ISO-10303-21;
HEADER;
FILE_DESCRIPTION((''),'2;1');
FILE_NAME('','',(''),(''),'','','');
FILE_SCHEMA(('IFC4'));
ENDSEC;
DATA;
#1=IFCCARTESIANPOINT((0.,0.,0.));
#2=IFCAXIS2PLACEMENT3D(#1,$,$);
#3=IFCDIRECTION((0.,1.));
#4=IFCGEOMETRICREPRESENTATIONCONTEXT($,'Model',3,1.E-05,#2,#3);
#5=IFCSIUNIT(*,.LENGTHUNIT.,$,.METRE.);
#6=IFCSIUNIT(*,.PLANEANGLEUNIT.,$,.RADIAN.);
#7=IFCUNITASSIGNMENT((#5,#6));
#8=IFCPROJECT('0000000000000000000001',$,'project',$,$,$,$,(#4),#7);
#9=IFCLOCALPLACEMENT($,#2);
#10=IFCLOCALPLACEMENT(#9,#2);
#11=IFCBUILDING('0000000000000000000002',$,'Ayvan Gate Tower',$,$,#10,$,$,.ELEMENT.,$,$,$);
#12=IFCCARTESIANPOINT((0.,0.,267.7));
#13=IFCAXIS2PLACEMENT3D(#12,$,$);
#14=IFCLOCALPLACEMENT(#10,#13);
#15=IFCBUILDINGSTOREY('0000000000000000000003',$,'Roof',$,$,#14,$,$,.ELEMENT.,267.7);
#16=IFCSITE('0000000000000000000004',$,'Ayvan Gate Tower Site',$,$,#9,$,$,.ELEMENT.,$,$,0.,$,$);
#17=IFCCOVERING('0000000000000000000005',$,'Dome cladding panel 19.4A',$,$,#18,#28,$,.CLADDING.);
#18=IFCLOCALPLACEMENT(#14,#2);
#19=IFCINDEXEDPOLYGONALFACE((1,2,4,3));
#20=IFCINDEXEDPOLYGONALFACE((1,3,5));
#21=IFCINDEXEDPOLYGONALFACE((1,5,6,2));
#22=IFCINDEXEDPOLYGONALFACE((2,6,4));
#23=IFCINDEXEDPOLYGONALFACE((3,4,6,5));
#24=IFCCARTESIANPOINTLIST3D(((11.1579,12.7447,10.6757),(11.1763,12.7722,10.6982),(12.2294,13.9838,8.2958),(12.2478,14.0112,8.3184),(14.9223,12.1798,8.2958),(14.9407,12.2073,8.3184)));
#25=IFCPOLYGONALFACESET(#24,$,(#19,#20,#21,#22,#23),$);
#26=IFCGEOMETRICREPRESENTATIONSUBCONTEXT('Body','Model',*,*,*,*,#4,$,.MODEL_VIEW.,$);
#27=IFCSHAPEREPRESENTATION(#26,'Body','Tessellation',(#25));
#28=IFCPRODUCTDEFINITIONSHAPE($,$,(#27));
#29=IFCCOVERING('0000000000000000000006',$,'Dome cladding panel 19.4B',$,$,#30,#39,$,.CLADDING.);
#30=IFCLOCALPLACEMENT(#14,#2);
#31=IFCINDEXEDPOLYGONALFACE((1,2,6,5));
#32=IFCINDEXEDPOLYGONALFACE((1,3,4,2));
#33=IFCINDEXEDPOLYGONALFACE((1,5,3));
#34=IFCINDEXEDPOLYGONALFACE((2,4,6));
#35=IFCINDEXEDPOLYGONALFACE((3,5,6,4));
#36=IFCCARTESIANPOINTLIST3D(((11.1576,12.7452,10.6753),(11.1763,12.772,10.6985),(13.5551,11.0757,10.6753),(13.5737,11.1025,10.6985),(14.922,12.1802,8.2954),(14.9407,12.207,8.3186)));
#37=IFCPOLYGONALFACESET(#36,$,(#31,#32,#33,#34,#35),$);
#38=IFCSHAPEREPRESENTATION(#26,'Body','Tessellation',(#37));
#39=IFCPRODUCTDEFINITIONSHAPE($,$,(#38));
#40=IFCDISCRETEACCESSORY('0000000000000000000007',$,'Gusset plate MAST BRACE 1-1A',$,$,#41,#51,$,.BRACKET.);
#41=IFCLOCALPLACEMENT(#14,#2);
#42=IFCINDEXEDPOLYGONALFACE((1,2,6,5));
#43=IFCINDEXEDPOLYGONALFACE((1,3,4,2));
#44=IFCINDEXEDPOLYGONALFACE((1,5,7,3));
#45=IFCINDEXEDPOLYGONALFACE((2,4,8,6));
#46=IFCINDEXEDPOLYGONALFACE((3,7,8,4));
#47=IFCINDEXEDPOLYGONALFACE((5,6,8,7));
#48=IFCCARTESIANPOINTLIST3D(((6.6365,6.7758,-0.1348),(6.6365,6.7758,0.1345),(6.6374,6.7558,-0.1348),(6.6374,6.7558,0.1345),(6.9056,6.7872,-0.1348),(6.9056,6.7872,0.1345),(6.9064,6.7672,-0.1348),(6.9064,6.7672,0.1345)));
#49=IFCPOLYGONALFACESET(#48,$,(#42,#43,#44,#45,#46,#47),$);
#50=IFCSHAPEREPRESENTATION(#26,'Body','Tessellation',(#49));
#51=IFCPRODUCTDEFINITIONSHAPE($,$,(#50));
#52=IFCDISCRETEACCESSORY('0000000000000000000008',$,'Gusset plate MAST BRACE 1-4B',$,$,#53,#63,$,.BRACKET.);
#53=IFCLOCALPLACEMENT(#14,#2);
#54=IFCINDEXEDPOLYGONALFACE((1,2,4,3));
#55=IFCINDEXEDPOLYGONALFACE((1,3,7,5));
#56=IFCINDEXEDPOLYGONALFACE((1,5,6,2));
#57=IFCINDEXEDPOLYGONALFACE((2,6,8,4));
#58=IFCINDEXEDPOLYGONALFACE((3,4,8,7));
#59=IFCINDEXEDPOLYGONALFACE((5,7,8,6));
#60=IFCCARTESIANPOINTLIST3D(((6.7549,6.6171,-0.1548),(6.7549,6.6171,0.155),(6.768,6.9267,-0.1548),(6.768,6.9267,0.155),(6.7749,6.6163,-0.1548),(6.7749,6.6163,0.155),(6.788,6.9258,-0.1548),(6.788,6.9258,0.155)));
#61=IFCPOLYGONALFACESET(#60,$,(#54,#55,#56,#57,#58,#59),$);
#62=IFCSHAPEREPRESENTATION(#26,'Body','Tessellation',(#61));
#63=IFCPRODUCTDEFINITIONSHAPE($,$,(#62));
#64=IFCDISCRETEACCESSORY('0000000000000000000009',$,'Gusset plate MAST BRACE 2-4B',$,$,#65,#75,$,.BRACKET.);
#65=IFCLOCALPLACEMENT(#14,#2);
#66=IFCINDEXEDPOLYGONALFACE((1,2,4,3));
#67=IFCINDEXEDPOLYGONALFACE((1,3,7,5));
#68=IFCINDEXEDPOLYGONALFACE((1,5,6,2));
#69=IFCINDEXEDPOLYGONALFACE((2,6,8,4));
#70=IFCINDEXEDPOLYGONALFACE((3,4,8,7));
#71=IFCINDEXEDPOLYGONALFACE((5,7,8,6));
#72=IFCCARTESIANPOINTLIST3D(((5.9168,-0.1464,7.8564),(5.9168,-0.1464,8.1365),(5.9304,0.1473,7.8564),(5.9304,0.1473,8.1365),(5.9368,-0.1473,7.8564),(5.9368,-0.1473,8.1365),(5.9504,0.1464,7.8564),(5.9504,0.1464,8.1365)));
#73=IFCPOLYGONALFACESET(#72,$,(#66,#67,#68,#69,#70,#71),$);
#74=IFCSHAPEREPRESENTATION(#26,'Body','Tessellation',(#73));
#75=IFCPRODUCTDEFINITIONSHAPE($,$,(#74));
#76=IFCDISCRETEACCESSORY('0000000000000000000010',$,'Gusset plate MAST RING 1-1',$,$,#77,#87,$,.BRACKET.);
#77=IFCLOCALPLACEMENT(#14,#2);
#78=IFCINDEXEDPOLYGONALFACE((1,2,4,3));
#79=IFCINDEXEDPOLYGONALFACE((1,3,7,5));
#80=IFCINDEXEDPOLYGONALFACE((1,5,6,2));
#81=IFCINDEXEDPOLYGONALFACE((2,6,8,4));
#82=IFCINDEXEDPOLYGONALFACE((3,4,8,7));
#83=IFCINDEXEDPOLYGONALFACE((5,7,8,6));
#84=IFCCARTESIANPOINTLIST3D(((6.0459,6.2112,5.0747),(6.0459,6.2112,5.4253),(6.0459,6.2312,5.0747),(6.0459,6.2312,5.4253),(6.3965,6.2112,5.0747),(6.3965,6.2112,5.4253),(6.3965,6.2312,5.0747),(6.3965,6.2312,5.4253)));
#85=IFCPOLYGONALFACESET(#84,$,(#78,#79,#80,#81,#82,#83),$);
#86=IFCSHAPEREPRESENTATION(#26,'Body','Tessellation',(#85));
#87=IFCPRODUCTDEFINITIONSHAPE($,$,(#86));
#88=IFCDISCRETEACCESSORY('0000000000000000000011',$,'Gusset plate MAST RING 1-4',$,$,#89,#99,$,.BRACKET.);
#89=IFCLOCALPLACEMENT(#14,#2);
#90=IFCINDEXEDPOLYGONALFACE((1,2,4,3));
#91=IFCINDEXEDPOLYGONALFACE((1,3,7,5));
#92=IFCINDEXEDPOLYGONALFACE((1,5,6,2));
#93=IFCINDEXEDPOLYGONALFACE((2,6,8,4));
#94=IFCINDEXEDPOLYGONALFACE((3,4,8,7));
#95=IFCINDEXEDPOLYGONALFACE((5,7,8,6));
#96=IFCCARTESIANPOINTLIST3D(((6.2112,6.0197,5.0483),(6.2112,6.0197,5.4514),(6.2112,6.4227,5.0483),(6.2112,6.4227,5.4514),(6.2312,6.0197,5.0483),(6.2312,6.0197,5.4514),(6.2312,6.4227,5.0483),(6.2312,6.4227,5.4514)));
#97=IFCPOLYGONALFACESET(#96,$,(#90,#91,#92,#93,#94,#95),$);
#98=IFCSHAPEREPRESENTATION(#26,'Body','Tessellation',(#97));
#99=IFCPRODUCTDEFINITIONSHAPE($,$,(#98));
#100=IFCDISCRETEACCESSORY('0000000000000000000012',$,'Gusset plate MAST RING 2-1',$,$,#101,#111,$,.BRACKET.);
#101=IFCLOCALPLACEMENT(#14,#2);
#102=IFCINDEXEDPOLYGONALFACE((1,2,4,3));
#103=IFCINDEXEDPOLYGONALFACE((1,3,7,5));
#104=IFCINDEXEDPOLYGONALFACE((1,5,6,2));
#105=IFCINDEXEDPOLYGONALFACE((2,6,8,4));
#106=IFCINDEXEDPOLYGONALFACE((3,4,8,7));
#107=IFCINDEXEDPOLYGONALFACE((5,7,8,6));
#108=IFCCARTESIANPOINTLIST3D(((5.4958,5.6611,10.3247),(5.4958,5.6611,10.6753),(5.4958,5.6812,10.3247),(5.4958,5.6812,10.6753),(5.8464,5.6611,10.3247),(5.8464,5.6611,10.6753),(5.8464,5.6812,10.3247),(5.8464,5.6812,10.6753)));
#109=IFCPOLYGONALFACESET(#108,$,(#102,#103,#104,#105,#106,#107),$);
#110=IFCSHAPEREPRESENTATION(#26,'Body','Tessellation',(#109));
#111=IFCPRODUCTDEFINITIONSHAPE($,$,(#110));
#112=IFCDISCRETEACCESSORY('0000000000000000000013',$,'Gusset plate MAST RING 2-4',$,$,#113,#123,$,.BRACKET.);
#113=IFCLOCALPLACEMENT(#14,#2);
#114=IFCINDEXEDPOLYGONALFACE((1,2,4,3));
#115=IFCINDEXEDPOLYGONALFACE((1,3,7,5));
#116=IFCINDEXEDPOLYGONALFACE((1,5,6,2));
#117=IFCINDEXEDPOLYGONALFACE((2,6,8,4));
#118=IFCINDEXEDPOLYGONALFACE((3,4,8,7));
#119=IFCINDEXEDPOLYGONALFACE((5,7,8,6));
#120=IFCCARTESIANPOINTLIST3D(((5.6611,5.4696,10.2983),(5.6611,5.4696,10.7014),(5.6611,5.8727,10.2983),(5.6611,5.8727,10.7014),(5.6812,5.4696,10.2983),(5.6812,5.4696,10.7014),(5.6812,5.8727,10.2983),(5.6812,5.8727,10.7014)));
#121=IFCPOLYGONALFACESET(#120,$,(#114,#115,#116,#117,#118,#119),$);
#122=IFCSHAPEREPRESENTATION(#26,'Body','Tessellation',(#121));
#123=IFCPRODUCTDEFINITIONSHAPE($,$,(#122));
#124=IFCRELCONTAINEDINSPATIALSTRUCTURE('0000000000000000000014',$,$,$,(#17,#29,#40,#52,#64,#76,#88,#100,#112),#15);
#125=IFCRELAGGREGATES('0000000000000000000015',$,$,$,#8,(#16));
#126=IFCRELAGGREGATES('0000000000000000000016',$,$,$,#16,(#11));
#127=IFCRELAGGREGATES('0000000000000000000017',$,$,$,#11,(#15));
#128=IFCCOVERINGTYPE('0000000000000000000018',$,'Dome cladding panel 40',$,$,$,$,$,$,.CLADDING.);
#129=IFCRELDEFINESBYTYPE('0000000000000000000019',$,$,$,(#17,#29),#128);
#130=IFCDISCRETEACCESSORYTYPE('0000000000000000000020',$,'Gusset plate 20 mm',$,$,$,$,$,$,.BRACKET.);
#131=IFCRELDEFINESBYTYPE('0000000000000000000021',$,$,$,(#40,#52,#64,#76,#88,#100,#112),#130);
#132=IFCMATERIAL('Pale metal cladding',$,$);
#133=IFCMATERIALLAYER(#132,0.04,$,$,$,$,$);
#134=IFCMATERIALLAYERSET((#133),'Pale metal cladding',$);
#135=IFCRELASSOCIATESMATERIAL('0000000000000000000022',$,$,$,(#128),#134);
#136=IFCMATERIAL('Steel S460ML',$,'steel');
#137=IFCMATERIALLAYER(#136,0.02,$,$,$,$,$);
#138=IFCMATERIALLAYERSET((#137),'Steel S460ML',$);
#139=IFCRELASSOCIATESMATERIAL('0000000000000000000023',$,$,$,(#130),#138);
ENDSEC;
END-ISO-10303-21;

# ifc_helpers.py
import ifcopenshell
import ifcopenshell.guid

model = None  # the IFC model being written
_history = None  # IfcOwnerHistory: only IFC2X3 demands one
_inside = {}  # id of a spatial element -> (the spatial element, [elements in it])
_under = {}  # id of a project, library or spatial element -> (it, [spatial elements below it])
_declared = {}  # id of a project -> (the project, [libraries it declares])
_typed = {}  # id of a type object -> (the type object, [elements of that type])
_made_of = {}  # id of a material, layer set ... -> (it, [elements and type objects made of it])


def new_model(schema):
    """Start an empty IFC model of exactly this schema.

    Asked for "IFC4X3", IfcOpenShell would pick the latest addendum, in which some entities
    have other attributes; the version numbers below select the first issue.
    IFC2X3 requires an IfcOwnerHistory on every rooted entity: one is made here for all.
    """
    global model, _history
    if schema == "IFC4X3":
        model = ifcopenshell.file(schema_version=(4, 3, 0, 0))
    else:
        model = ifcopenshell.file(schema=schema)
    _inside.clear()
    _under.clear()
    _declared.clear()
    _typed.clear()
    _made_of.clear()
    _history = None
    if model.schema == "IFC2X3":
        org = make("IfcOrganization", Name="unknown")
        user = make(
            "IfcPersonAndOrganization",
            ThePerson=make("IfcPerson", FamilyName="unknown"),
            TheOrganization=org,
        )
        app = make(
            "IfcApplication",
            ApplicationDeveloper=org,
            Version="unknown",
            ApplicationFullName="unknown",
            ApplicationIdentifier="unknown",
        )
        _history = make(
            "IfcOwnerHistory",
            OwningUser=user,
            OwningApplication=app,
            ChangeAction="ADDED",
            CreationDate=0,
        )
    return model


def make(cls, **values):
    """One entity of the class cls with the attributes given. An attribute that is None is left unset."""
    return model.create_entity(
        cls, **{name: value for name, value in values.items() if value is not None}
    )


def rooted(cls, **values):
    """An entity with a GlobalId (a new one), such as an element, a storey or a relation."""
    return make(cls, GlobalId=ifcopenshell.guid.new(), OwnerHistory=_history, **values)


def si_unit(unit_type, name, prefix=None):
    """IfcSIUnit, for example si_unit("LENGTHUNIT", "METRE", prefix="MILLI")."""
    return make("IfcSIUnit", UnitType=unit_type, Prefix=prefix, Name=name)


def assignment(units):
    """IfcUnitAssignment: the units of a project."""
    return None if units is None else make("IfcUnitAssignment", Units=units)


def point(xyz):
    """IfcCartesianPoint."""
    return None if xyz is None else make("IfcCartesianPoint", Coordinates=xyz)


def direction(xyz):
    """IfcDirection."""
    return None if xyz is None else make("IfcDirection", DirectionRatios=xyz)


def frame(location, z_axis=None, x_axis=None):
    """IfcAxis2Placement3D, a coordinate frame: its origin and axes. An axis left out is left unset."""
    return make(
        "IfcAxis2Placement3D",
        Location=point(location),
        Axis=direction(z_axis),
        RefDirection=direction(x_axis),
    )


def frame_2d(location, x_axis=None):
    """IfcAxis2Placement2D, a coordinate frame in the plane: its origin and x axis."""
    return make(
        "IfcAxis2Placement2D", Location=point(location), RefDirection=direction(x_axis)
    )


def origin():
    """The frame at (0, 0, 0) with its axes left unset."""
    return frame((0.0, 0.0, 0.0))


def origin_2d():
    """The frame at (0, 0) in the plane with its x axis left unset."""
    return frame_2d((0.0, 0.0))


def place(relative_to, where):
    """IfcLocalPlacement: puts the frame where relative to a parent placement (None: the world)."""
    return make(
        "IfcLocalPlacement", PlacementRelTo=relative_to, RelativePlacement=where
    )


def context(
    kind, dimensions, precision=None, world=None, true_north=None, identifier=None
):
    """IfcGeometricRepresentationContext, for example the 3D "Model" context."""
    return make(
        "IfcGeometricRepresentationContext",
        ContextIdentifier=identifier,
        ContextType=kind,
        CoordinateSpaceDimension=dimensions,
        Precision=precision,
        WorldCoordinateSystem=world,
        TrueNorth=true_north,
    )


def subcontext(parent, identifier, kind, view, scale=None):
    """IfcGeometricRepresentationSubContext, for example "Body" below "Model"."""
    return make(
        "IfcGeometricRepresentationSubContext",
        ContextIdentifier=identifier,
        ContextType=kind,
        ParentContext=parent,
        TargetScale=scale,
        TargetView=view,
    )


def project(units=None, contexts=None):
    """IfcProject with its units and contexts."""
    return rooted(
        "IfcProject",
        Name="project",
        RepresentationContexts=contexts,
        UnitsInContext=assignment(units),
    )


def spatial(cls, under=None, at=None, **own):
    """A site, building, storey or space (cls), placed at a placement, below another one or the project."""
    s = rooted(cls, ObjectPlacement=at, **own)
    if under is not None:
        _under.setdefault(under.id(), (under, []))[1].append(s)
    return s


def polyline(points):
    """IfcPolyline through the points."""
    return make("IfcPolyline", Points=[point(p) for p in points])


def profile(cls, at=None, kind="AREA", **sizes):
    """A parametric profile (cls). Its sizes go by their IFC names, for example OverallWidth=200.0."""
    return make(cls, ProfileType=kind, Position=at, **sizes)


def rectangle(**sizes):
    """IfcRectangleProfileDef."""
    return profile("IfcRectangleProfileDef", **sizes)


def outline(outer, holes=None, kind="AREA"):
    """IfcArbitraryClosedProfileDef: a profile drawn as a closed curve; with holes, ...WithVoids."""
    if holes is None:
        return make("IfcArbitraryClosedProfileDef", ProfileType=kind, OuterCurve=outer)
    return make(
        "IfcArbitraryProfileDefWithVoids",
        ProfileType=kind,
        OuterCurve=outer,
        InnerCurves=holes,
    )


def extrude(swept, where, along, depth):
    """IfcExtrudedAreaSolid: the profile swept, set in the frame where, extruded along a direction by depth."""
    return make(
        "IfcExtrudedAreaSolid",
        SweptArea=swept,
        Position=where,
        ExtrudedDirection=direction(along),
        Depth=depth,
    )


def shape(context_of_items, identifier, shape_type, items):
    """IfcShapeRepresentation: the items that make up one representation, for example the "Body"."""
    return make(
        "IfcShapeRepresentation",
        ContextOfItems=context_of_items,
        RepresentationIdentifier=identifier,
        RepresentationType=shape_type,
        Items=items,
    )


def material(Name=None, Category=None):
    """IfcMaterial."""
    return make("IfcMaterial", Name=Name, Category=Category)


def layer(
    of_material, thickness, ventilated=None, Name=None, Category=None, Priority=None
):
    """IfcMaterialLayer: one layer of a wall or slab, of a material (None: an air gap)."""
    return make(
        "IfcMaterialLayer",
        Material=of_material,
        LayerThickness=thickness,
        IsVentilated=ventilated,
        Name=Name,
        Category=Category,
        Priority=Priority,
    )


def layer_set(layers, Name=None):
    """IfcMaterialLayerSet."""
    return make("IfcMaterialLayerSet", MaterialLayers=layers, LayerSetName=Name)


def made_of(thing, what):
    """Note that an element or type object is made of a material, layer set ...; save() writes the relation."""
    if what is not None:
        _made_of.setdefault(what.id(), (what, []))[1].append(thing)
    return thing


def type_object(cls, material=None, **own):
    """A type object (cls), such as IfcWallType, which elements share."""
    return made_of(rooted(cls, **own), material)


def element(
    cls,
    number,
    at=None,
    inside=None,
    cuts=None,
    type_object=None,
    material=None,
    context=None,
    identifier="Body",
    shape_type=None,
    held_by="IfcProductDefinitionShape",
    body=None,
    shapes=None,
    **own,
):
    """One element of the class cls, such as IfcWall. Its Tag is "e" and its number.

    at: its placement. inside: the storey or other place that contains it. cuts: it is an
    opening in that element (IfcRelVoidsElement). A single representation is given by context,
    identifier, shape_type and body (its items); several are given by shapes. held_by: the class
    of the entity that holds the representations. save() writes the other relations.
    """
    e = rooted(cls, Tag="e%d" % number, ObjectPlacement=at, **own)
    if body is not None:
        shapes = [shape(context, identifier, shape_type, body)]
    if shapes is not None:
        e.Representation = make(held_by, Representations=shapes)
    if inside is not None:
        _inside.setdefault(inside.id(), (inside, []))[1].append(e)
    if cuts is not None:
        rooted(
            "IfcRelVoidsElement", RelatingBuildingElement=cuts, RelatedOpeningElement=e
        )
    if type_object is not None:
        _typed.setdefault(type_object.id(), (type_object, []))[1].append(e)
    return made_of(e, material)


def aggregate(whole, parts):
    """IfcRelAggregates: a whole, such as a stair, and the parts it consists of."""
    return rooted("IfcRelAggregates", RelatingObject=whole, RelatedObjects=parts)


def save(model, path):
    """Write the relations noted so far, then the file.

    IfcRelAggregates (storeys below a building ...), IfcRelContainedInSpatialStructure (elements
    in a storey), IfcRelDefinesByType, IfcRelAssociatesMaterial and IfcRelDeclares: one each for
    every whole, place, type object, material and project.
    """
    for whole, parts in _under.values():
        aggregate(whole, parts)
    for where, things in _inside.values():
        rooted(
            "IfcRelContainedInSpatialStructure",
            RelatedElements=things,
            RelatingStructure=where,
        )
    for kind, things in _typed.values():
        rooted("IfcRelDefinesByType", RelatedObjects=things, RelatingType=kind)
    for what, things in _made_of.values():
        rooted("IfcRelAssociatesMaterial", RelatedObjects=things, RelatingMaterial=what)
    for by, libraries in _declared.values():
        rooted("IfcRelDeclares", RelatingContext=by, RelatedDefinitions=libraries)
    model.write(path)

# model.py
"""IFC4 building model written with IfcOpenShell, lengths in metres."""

from ifc_helpers import new_model, si_unit, direction, frame, origin, origin_2d, place, context, subcontext, project, spatial, polyline, rectangle, outline, extrude, material, layer, layer_set, type_object, element, save


model = new_model("IFC4")

# Units and contexts
model_context = context("Model", 3, precision=1e-05, world=origin(), true_north=direction((0.0, 1.0)))
body_context = subcontext(model_context, "Body", "Model", "MODEL_VIEW")
ifc_project = project(units=[si_unit("LENGTHUNIT", "METRE"), si_unit("PLANEANGLEUNIT", "RADIAN")], contexts=[model_context])

# Site, building, storey
site_placement = place(None, origin())
site = spatial("IfcSite", under=ifc_project, at=site_placement, Name="Ayvan Gate Tower Site", CompositionType="ELEMENT", RefElevation=0.0)
building_placement = place(site_placement, origin())
building = spatial("IfcBuilding", under=site, at=building_placement, Name="Ayvan Gate Tower", CompositionType="ELEMENT")
storey_placement = place(building_placement, frame((0.0, 0.0, 267.7)))
storey = spatial("IfcBuildingStorey", under=building, at=storey_placement, Name="Roof", CompositionType="ELEMENT", Elevation=267.7)

# Coverings
ifc_material_1 = material(Name="Pale metal cladding")
ifc_layer_1 = layer(ifc_material_1, 0.04)
ifc_layer_set_1 = layer_set([ifc_layer_1], Name="Pale metal cladding")
covering_type = type_object("IfcCoveringType", Name="Dome cladding panel 40", PredefinedType="CLADDING", material=ifc_layer_set_1)
covering_1_placement = place(storey_placement, frame((14.9407, 12.2073, 8.3184), z_axis=(0.459565, 0.686019, 0.564072), x_axis=(-0.830808, 0.556559, 0.0)))
element("IfcCovering", 1, at=covering_1_placement, inside=storey, type_object=covering_type, Name="Dome cladding panel 19.4A", PredefinedType="CLADDING", context=body_context, shape_type="SweptSolid", body=[
    extrude(outline(polyline([(0.0, 0.0), (3.2413, 0.0), (3.4419, 2.8822), (0.0, 0.0)])), origin(), (0.0, 0.0, -1.0), 0.04),
])
covering_2_placement = place(storey_placement, frame((14.9407, 12.207, 8.3186), z_axis=(0.466147, 0.66943, 0.578422), x_axis=(-0.83853, 0.125842, 0.530124)))
element("IfcCovering", 2, at=covering_2_placement, inside=storey, type_object=covering_type, Name="Dome cladding panel 19.4B", PredefinedType="CLADDING", context=body_context, shape_type="SweptSolid", body=[
    extrude(outline(polyline([(0.0, 0.0), (4.4893, 0.0), (2.2689, 1.8986), (0.0, 0.0)])), origin(), (0.0, 0.0, -1.0), 0.04),
])

# Discrete accessories
ifc_material_2 = material(Name="Steel S460ML", Category="steel")
ifc_layer_2 = layer(ifc_material_2, 0.02)
ifc_layer_set_2 = layer_set([ifc_layer_2], Name="Steel S460ML")
discrete_accessory_type = type_object("IfcDiscreteAccessoryType", Name="Gusset plate 20 mm", PredefinedType="BRACKET", material=ifc_layer_set_2)
discrete_accessory_1_placement = place(storey_placement, frame((6.7715, 6.7715, -0.1348), z_axis=(0.0, 0.0, 1.0), x_axis=(0.999105, 0.042308, 0.0)))
element("IfcDiscreteAccessory", 3, at=discrete_accessory_1_placement, inside=storey, type_object=discrete_accessory_type, Name="Gusset plate MAST BRACE 1-1A", PredefinedType="BRACKET", context=body_context, shape_type="SweptSolid", body=[
    extrude(rectangle(XDim=0.2693, YDim=0.02, at=origin_2d()), origin(), (0.0, 0.0, 1.0), 0.2693),
])
discrete_accessory_2_placement = place(storey_placement, frame((6.7715, 6.7715, -0.1548), z_axis=(0.0, 0.0, 1.0), x_axis=(0.042308, 0.999105, 0.0)))
element("IfcDiscreteAccessory", 4, at=discrete_accessory_2_placement, inside=storey, type_object=discrete_accessory_type, Name="Gusset plate MAST BRACE 1-4B", PredefinedType="BRACKET", context=body_context, shape_type="SweptSolid", body=[
    extrude(rectangle(XDim=0.3098, YDim=0.02, at=origin_2d()), origin(), (0.0, 0.0, 1.0), 0.3098),
])
discrete_accessory_3_placement = place(storey_placement, frame((5.9336, 0.0, 7.8564), z_axis=(0.0, 0.0, 1.0), x_axis=(0.046214, 0.998932, 0.0)))
element("IfcDiscreteAccessory", 5, at=discrete_accessory_3_placement, inside=storey, type_object=discrete_accessory_type, Name="Gusset plate MAST BRACE 2-4B", PredefinedType="BRACKET", context=body_context, shape_type="SweptSolid", body=[
    extrude(rectangle(XDim=0.2939, YDim=0.02, at=origin_2d()), origin(), (0.0, 0.0, 1.0), 0.28),
])
discrete_accessory_4_placement = place(storey_placement, frame((6.2212, 6.2212, 5.0747), z_axis=(0.0, 0.0, 1.0), x_axis=(1.0, 0.0, 0.0)))
element("IfcDiscreteAccessory", 6, at=discrete_accessory_4_placement, inside=storey, type_object=discrete_accessory_type, Name="Gusset plate MAST RING 1-1", PredefinedType="BRACKET", context=body_context, shape_type="SweptSolid", body=[
    extrude(rectangle(XDim=0.3506, YDim=0.02, at=origin_2d()), origin(), (0.0, 0.0, 1.0), 0.3506),
])
discrete_accessory_5_placement = place(storey_placement, frame((6.2212, 6.2212, 5.0483), z_axis=(0.0, 0.0, 1.0), x_axis=(0.0, 1.0, 0.0)))
element("IfcDiscreteAccessory", 7, at=discrete_accessory_5_placement, inside=storey, type_object=discrete_accessory_type, Name="Gusset plate MAST RING 1-4", PredefinedType="BRACKET", context=body_context, shape_type="SweptSolid", body=[
    extrude(rectangle(XDim=0.4031, YDim=0.02, at=origin_2d()), origin(), (0.0, 0.0, 1.0), 0.4031),
])
discrete_accessory_6_placement = place(storey_placement, frame((5.6711, 5.6711, 10.3247), z_axis=(0.0, 0.0, 1.0), x_axis=(1.0, 0.0, 0.0)))
element("IfcDiscreteAccessory", 8, at=discrete_accessory_6_placement, inside=storey, type_object=discrete_accessory_type, Name="Gusset plate MAST RING 2-1", PredefinedType="BRACKET", context=body_context, shape_type="SweptSolid", body=[
    extrude(rectangle(XDim=0.3506, YDim=0.02, at=origin_2d()), origin(), (0.0, 0.0, 1.0), 0.3506),
])
discrete_accessory_7_placement = place(storey_placement, frame((5.6711, 5.6711, 10.2983), z_axis=(0.0, 0.0, 1.0), x_axis=(0.0, 1.0, 0.0)))
element("IfcDiscreteAccessory", 9, at=discrete_accessory_7_placement, inside=storey, type_object=discrete_accessory_type, Name="Gusset plate MAST RING 2-4", PredefinedType="BRACKET", context=body_context, shape_type="SweptSolid", body=[
    extrude(rectangle(XDim=0.4031, YDim=0.02, at=origin_2d()), origin(), (0.0, 0.0, 1.0), 0.4031),
])

save(model, "model.ifc")
